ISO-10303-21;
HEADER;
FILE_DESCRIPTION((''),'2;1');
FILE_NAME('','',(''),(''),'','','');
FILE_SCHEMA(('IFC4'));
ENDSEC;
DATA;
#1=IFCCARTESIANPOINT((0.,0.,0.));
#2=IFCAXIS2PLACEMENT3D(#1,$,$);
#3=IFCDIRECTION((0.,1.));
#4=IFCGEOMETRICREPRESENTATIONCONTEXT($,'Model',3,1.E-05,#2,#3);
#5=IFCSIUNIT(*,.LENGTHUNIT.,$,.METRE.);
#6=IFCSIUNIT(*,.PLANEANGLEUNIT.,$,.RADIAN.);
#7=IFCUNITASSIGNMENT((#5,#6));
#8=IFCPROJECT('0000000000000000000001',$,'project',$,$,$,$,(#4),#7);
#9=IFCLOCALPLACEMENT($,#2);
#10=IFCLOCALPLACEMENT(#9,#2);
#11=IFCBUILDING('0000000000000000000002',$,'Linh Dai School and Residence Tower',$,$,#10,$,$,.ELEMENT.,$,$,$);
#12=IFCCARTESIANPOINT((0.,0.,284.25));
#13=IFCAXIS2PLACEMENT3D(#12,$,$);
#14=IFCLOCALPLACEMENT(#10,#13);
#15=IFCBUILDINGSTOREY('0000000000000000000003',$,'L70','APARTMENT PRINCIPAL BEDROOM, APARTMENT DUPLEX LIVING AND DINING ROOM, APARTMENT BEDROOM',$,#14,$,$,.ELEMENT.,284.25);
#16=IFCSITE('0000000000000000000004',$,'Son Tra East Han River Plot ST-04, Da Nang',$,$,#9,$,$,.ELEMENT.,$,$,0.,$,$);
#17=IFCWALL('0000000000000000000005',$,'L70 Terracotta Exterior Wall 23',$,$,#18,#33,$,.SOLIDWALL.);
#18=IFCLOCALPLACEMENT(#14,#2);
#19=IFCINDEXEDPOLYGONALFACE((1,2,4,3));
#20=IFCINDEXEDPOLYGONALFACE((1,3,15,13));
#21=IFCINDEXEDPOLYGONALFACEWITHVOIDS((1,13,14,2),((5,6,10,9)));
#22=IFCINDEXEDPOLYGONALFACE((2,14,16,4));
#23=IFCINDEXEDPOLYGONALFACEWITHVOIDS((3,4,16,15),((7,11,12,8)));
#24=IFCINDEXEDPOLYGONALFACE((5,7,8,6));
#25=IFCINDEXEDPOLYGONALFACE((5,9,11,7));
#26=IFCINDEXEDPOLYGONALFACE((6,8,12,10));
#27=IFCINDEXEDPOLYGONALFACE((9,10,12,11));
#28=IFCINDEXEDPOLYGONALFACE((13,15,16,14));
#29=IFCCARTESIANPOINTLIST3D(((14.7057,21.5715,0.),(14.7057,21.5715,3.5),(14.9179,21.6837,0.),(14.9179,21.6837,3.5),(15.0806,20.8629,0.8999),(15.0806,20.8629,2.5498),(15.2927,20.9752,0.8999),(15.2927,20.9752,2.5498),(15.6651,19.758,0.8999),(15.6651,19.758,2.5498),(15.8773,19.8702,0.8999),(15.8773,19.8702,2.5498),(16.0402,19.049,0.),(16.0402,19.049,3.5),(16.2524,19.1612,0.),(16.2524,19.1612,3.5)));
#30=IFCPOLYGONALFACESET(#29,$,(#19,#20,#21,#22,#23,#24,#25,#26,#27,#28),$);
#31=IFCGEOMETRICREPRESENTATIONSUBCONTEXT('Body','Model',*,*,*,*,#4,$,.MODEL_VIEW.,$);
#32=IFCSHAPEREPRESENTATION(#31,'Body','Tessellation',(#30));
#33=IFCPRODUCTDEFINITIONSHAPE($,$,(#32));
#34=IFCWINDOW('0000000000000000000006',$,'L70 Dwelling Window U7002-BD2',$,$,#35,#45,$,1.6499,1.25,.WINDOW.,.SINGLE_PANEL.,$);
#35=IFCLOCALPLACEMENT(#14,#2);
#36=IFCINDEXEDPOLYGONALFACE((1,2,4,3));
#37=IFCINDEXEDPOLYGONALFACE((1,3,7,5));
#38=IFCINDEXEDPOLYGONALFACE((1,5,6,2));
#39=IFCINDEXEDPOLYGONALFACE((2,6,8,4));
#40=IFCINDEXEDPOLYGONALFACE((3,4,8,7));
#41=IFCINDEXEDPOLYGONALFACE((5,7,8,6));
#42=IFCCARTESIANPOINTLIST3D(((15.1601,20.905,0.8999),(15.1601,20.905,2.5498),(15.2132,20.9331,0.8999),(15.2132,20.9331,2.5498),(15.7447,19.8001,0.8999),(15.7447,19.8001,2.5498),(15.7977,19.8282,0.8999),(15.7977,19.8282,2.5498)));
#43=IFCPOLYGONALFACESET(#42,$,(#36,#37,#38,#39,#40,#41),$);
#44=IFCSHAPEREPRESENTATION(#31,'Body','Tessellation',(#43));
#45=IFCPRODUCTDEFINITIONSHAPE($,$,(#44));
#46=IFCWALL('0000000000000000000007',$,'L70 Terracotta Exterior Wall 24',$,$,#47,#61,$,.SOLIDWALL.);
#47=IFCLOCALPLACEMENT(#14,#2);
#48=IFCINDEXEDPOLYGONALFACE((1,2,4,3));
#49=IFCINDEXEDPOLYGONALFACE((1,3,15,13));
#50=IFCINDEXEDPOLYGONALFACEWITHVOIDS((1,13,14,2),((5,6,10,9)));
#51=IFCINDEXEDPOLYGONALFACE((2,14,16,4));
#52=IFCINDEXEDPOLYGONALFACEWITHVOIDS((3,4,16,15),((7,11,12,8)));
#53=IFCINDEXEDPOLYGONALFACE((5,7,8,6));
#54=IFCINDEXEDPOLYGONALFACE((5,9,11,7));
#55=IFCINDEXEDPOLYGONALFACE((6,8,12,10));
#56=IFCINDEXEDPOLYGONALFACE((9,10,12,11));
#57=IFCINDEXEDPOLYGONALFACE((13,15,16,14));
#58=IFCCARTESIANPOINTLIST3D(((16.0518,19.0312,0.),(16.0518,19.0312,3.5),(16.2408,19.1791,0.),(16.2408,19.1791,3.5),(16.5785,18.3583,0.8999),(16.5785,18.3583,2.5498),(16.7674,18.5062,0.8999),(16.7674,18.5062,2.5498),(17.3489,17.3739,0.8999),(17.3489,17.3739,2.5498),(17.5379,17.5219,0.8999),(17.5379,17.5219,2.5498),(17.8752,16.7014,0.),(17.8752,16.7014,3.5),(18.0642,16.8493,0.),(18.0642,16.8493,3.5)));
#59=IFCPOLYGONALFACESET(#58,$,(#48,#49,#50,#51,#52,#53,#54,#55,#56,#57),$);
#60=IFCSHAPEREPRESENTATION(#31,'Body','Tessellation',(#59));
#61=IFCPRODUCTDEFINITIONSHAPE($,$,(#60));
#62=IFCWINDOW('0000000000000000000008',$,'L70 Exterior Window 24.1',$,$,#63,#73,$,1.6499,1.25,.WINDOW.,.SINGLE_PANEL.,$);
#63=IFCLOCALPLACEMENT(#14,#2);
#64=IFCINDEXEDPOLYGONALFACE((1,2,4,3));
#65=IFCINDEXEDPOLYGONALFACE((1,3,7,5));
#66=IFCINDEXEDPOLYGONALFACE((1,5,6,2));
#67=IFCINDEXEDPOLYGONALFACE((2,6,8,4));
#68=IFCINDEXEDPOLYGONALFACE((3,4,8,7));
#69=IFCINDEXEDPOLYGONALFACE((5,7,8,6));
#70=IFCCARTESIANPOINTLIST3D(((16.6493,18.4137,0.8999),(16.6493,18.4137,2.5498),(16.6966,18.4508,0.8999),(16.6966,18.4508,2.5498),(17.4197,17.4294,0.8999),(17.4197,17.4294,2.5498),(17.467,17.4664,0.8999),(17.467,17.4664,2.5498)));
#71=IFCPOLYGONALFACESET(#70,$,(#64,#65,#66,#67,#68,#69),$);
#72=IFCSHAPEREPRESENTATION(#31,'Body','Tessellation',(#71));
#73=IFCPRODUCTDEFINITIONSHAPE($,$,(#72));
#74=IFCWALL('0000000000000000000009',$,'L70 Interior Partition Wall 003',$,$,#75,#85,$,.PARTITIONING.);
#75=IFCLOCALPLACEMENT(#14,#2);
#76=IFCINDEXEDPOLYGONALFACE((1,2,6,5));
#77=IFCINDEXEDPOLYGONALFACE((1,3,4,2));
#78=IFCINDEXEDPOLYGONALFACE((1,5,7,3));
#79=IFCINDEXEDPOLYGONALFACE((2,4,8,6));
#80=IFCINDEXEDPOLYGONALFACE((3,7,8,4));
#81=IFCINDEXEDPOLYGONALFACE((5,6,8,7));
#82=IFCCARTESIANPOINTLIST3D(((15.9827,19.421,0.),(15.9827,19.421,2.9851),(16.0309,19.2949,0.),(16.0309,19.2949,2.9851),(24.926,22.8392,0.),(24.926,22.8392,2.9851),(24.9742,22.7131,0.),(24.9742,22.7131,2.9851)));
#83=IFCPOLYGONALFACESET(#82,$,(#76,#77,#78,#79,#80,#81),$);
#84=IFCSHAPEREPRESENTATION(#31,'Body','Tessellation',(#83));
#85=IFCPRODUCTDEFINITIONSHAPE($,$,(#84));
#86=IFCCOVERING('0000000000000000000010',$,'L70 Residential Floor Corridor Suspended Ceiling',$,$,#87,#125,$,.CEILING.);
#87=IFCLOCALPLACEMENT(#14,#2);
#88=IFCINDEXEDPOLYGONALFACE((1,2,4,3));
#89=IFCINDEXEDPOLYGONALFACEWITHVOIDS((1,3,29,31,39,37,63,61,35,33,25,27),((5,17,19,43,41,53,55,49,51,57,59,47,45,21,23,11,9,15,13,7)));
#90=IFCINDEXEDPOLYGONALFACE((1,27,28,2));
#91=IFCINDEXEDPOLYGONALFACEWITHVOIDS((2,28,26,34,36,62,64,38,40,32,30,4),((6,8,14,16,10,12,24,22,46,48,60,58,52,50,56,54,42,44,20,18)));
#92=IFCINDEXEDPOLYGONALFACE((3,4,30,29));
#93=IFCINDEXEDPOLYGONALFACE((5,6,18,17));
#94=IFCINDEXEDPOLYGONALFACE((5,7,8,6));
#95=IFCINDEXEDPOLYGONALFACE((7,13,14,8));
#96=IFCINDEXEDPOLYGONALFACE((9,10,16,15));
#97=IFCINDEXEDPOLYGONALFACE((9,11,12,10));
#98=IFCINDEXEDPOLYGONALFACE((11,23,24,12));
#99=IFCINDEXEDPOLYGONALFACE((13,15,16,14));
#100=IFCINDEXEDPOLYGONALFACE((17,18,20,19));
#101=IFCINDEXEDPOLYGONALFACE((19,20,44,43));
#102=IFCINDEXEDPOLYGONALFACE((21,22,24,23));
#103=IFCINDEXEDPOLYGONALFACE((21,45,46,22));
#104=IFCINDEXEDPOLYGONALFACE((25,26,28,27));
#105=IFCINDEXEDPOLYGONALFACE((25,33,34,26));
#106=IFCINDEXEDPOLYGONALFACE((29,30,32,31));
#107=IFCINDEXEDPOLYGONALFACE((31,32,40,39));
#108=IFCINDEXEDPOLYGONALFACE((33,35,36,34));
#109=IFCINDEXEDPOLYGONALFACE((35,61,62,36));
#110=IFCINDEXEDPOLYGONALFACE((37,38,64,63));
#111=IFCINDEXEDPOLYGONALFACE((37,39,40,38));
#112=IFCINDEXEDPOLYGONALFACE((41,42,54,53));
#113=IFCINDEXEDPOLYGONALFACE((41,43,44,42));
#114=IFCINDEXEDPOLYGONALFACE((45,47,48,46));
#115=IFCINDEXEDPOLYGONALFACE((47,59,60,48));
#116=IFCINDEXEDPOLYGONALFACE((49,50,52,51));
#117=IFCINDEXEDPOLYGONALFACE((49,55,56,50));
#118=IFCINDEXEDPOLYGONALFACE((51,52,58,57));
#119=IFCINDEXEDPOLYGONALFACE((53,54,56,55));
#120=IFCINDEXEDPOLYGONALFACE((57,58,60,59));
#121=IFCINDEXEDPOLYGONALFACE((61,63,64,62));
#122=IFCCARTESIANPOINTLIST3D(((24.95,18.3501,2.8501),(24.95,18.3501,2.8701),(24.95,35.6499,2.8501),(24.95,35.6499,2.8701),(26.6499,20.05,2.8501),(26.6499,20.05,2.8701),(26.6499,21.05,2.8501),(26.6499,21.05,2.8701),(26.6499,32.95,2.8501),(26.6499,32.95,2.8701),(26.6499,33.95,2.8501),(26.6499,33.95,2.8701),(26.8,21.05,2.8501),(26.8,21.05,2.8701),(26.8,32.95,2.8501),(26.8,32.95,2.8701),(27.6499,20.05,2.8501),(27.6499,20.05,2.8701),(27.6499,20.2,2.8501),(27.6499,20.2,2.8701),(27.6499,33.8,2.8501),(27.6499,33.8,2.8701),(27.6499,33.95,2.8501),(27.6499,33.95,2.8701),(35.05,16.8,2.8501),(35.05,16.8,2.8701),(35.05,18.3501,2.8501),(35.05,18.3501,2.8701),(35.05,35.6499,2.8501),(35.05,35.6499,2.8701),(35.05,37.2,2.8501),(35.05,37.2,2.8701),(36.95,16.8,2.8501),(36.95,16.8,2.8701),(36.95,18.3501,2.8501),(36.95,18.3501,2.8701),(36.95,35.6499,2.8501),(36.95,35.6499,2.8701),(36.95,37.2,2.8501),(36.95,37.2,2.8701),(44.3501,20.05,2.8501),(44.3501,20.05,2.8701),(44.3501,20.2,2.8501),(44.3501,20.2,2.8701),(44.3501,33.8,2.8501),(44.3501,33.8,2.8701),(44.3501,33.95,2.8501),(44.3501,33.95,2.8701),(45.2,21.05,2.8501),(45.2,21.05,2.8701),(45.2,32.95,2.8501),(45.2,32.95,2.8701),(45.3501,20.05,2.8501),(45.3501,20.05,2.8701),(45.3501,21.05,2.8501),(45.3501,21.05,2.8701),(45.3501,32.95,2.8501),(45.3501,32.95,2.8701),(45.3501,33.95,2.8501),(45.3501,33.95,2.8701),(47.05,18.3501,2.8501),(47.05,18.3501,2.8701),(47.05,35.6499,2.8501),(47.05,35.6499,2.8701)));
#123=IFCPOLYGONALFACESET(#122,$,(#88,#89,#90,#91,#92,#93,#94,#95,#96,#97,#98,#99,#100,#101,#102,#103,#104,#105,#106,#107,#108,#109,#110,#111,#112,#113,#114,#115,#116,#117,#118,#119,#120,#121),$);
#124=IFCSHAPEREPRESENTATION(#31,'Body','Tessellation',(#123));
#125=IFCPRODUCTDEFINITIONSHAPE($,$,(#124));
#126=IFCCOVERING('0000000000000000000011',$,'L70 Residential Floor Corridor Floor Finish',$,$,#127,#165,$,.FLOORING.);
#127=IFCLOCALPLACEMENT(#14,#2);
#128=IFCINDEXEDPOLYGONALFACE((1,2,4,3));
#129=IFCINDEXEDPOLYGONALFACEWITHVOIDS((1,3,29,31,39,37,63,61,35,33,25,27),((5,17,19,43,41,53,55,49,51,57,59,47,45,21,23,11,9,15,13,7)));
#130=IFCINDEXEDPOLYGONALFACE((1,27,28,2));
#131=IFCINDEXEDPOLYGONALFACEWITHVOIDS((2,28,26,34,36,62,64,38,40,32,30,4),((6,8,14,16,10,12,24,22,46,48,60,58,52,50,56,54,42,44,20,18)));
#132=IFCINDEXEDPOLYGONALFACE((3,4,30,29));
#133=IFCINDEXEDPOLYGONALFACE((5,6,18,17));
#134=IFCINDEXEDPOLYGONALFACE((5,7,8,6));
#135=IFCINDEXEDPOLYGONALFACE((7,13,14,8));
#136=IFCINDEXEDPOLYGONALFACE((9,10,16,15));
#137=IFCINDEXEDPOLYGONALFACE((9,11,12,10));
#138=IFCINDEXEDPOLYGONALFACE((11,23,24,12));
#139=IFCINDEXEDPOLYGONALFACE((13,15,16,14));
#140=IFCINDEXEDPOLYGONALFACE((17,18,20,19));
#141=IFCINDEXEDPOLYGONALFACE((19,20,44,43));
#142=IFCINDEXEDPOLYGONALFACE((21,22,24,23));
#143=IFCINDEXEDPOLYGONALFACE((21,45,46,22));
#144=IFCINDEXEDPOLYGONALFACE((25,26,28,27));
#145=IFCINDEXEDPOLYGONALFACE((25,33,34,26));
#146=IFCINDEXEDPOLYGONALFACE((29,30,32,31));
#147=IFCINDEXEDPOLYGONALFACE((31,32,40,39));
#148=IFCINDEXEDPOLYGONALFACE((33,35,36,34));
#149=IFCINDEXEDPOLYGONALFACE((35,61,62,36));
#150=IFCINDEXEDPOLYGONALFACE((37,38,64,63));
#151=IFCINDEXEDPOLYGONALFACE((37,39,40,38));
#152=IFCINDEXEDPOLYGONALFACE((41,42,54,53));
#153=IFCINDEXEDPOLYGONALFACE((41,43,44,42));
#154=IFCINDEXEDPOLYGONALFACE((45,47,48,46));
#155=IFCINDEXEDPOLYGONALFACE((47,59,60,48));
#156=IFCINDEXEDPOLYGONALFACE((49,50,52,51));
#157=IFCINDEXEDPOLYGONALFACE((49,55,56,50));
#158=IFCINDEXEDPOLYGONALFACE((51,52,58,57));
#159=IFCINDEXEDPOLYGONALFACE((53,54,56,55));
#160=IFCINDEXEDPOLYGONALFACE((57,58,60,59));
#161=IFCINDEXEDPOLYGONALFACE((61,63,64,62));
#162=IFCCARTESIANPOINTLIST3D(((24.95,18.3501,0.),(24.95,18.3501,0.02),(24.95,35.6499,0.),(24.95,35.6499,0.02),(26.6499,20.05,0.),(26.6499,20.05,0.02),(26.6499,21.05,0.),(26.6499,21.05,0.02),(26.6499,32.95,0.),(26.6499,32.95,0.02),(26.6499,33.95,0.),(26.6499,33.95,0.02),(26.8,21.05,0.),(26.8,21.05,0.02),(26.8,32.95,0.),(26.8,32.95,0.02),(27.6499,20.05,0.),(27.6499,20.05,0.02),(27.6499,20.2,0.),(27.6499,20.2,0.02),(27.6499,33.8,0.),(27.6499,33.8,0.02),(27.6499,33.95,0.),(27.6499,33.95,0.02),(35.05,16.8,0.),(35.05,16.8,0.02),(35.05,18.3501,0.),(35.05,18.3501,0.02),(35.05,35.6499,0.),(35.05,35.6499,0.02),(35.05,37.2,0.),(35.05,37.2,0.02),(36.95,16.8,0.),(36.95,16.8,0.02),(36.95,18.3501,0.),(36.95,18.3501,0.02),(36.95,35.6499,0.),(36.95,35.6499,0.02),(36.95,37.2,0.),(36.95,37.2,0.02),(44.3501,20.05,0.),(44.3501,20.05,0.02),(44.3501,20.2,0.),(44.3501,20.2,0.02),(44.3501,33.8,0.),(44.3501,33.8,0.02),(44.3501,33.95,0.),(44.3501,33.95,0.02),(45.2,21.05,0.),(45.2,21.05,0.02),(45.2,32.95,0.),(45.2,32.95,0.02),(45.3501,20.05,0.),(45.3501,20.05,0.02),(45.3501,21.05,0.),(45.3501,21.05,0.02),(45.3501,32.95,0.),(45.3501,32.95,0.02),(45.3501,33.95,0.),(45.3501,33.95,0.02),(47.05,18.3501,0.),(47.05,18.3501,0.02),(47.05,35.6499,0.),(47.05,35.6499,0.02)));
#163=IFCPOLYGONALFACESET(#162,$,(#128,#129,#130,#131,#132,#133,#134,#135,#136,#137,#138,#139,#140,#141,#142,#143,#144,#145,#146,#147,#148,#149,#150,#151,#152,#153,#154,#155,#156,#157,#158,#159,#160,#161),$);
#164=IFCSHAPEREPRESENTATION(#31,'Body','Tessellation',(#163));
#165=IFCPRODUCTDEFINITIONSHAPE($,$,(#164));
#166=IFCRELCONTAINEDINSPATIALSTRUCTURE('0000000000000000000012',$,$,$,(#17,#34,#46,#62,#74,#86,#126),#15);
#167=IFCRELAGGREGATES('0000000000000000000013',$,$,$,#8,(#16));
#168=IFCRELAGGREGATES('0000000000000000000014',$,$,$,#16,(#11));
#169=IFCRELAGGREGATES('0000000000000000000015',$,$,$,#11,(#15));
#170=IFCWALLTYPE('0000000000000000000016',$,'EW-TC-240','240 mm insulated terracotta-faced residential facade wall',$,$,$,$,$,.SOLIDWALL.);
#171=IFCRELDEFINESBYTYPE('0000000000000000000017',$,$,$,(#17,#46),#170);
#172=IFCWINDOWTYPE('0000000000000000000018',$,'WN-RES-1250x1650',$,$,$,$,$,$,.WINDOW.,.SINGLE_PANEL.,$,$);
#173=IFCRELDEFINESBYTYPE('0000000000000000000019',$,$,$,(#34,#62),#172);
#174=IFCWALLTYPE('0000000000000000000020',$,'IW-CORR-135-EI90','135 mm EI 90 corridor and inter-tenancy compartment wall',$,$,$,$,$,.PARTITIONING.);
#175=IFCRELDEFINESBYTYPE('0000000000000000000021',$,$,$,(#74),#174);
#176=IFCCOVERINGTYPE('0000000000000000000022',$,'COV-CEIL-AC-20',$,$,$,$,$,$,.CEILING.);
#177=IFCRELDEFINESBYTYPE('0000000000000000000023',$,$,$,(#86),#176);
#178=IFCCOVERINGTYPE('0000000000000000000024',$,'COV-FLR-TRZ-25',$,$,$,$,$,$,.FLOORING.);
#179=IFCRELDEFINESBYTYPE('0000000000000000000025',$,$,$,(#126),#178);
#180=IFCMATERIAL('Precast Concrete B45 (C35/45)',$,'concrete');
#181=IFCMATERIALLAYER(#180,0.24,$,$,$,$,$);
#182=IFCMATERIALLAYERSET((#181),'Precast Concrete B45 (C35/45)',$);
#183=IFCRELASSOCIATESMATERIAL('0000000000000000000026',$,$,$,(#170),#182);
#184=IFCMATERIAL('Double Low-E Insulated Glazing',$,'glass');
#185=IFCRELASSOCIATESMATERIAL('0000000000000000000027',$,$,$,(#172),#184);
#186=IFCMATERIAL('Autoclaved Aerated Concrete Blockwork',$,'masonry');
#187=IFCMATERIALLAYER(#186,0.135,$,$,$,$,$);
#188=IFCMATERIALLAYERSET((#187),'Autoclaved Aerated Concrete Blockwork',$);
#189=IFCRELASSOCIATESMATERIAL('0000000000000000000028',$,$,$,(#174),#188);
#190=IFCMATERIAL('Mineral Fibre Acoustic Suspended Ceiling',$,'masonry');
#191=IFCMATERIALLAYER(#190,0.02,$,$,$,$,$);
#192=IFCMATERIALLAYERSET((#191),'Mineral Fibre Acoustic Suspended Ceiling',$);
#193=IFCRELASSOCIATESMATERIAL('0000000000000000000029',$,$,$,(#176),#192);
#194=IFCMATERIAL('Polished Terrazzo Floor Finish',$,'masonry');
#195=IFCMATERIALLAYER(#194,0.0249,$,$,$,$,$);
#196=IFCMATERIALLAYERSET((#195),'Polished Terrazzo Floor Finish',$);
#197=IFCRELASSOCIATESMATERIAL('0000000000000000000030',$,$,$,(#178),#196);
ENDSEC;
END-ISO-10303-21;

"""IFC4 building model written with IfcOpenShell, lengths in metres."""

from ifc_helpers import new_model, si_unit, direction, frame, frame_2d, origin, origin_2d, place, context, subcontext, project, spatial, polyline, rectangle, outline, extrude, source, transform, mapped, material, layer, layer_set, type_object, element, fill, save


model = new_model("IFC4")

# Units and contexts
model_context = context("Model", 3, precision=1e-05, world=origin(), true_north=direction((0.0, 1.0)))
body_context = subcontext(model_context, "Body", "Model", "MODEL_VIEW")
ifc_project = project(units=[si_unit("LENGTHUNIT", "METRE"), si_unit("PLANEANGLEUNIT", "RADIAN")], contexts=[model_context])

# Site, building, storey
site_placement = place(None, origin())
site = spatial("IfcSite", under=ifc_project, at=site_placement, Name="Son Tra East Han River Plot ST-04, Da Nang", CompositionType="ELEMENT", RefElevation=0.0)
building_placement = place(site_placement, origin())
building = spatial("IfcBuilding", under=site, at=building_placement, Name="Linh Dai School and Residence Tower", CompositionType="ELEMENT")
storey_placement = place(building_placement, frame((0.0, 0.0, 284.25)))
storey = spatial("IfcBuildingStorey", under=building, at=storey_placement, Name="L70", Description="APARTMENT PRINCIPAL BEDROOM, APARTMENT DUPLEX LIVING AND DINING ROOM, APARTMENT BEDROOM", CompositionType="ELEMENT", Elevation=284.25)

# Shared definitions
ifc_material_1 = material(Name="Precast Concrete B45 (C35/45)", Category="concrete")

# Shared definitions
ifc_layer_1 = layer(ifc_material_1, 0.24)
ifc_layer_set_1 = layer_set([ifc_layer_1], Name="Precast Concrete B45 (C35/45)")
wall_type_1 = type_object("IfcWallType", Name="EW-TC-240", Description="240 mm insulated terracotta-faced residential facade wall", PredefinedType="SOLIDWALL", material=ifc_layer_set_1)

# Walls, openings, windows
wall_1_placement = place(storey_placement, frame((16.1462, 19.1052, 0.0), z_axis=(0.0, 0.0, 1.0), x_axis=(-0.467628, 0.883925, 0.0)))
wall_1 = element("IfcWall", 1, at=wall_1_placement, inside=storey, type_object=wall_type_1, Name="L70 Terracotta Exterior Wall 23", PredefinedType="SOLIDWALL", context=body_context, shape_type="SweptSolid", body=[
    extrude(rectangle(XDim=2.8538, YDim=0.24, at=frame_2d((1.4268, 0.0))), origin(), (0.0, 0.0, 1.0), 3.5),
])
opening_1_placement = place(wall_1_placement, frame((0.802, 0.0, 0.8999)))
opening_1 = element("IfcOpeningElement", 2, at=opening_1_placement, cuts=wall_1, PredefinedType="OPENING", context=body_context, shape_type="SweptSolid", body=[
    extrude(rectangle(XDim=1.25, YDim=1.6499, at=origin_2d()), frame((0.625, 0.1299, 0.825), z_axis=(0.0, -1.0, 0.0), x_axis=(1.0, 0.0, 0.0)), (0.0, 0.0, 1.0), 0.26),
])
ifc_material_2 = material(Name="Double Low-E Insulated Glazing", Category="glass")
window_type = type_object("IfcWindowType", Name="WN-RES-1250x1650", PartitioningType="SINGLE_PANEL", PredefinedType="WINDOW", material=ifc_material_2)
shared_shape_1 = source(origin(), body_context, "Body", "SweptSolid", [
    extrude(rectangle(XDim=1.25, YDim=1.6499, at=origin_2d()), frame((0.625, 0.03, 0.825), z_axis=(0.0, -1.0, 0.0), x_axis=(1.0, 0.0, 0.0)), (0.0, 0.0, 1.0), 0.0601),
])
window_1_placement = place(opening_1_placement, origin())
window_1 = element("IfcWindow", 3, at=window_1_placement, inside=storey, type_object=window_type, Name="L70 Dwelling Window U7002-BD2", OverallHeight=1.6499, OverallWidth=1.25, PartitioningType="SINGLE_PANEL", PredefinedType="WINDOW", context=body_context, shape_type="MappedRepresentation", body=[
    mapped(shared_shape_1, transform((0.0, 0.0, 0.0), x_axis=(1.0, 0.0, 0.0), y_axis=(0.0, 1.0, 0.0), z_axis=(0.0, 0.0, 1.0), scale=1.0)),
])
fill(opening_1, window_1)
wall_2_placement = place(storey_placement, frame((17.9697, 16.7754, 0.0), z_axis=(0.0, 0.0, 1.0), x_axis=(-0.616337, 0.787482, 0.0)))
wall_2 = element("IfcWall", 4, at=wall_2_placement, inside=storey, type_object=wall_type_1, Name="L70 Terracotta Exterior Wall 24", PredefinedType="SOLIDWALL", context=body_context, shape_type="SweptSolid", body=[
    extrude(rectangle(XDim=2.9585, YDim=0.24, at=frame_2d((1.4792, 0.0))), origin(), (0.0, 0.0, 1.0), 3.5),
])
opening_2_placement = place(wall_2_placement, frame((0.854, 0.0, 0.8999)))
opening_2 = element("IfcOpeningElement", 5, at=opening_2_placement, cuts=wall_2, PredefinedType="OPENING", context=body_context, shape_type="SweptSolid", body=[
    extrude(rectangle(XDim=1.25, YDim=1.6499, at=origin_2d()), frame((0.625, 0.1299, 0.825), z_axis=(0.0, -1.0, 0.0), x_axis=(1.0, 0.0, 0.0)), (0.0, 0.0, 1.0), 0.26),
])
window_2_placement = place(opening_2_placement, origin())
window_2 = element("IfcWindow", 6, at=window_2_placement, inside=storey, type_object=window_type, Name="L70 Exterior Window 24.1", OverallHeight=1.6499, OverallWidth=1.25, PartitioningType="SINGLE_PANEL", PredefinedType="WINDOW", context=body_context, shape_type="MappedRepresentation", body=[
    mapped(shared_shape_1, transform((0.0, 0.0, 0.0), x_axis=(1.0, 0.0, 0.0), y_axis=(0.0, 1.0, 0.0), z_axis=(0.0, 0.0, 1.0), scale=1.0)),
])
fill(opening_2, window_2)

# Wall
ifc_material_3 = material(Name="Autoclaved Aerated Concrete Blockwork", Category="masonry")
ifc_layer_2 = layer(ifc_material_3, 0.135)
ifc_layer_set_2 = layer_set([ifc_layer_2], Name="Autoclaved Aerated Concrete Blockwork")
wall_type_2 = type_object("IfcWallType", Name="IW-CORR-135-EI90", Description="135 mm EI 90 corridor and inter-tenancy compartment wall", PredefinedType="PARTITIONING", material=ifc_layer_set_2)
wall_3_placement = place(storey_placement, frame((16.0068, 19.3579, 0.0), z_axis=(0.0, 0.0, 1.0), x_axis=(0.934094, 0.357027, 0.0)))
element("IfcWall", 7, at=wall_3_placement, inside=storey, type_object=wall_type_2, Name="L70 Interior Partition Wall 003", PredefinedType="PARTITIONING", context=body_context, shape_type="SweptSolid", body=[
    extrude(rectangle(XDim=9.5742, YDim=0.135, at=frame_2d((4.7871, 0.0))), origin(), (0.0, 0.0, 1.0), 2.9851),
])

# Coverings
ifc_material_4 = material(Name="Mineral Fibre Acoustic Suspended Ceiling", Category="masonry")
ifc_layer_3 = layer(ifc_material_4, 0.02)
ifc_layer_set_3 = layer_set([ifc_layer_3], Name="Mineral Fibre Acoustic Suspended Ceiling")
covering_type_1 = type_object("IfcCoveringType", Name="COV-CEIL-AC-20", PredefinedType="CEILING", material=ifc_layer_set_3)
covering_1_placement = place(storey_placement, frame((0.0, 0.0, 2.8501)))
element("IfcCovering", 8, at=covering_1_placement, inside=storey, type_object=covering_type_1, Name="L70 Residential Floor Corridor Suspended Ceiling", PredefinedType="CEILING", context=body_context, shape_type="SweptSolid", body=[
    extrude(outline(polyline([(24.95, 18.3501), (24.95, 35.6499), (35.05, 35.6499), (35.05, 37.2), (36.95, 37.2), (36.95, 35.6499), (47.05, 35.6499), (47.05, 18.3501), (36.95, 18.3501), (36.95, 16.8), (35.05, 16.8), (35.05, 18.3501), (24.95, 18.3501)]), holes=[polyline([(27.6499, 33.8), (27.6499, 33.95), (26.6499, 33.95), (26.6499, 32.95), (26.8, 32.95), (26.8, 21.05), (26.6499, 21.05), (26.6499, 20.05), (27.6499, 20.05), (27.6499, 20.2), (44.3501, 20.2), (44.3501, 20.05), (45.3501, 20.05), (45.3501, 21.05), (45.2, 21.05), (45.2, 32.95), (45.3501, 32.95), (45.3501, 33.95), (44.3501, 33.95), (44.3501, 33.8), (27.6499, 33.8)])]), origin(), (0.0, 0.0, 1.0), 0.02),
])
ifc_material_5 = material(Name="Polished Terrazzo Floor Finish", Category="masonry")
ifc_layer_4 = layer(ifc_material_5, 0.0249)
ifc_layer_set_4 = layer_set([ifc_layer_4], Name="Polished Terrazzo Floor Finish")
covering_type_2 = type_object("IfcCoveringType", Name="COV-FLR-TRZ-25", PredefinedType="FLOORING", material=ifc_layer_set_4)
covering_2_placement = place(storey_placement, origin())
element("IfcCovering", 9, at=covering_2_placement, inside=storey, type_object=covering_type_2, Name="L70 Residential Floor Corridor Floor Finish", PredefinedType="FLOORING", context=body_context, shape_type="SweptSolid", body=[
    extrude(outline(polyline([(24.95, 18.3501), (24.95, 35.6499), (35.05, 35.6499), (35.05, 37.2), (36.95, 37.2), (36.95, 35.6499), (47.05, 35.6499), (47.05, 18.3501), (36.95, 18.3501), (36.95, 16.8), (35.05, 16.8), (35.05, 18.3501), (24.95, 18.3501)]), holes=[polyline([(27.6499, 33.8), (27.6499, 33.95), (26.6499, 33.95), (26.6499, 32.95), (26.8, 32.95), (26.8, 21.05), (26.6499, 21.05), (26.6499, 20.05), (27.6499, 20.05), (27.6499, 20.2), (44.3501, 20.2), (44.3501, 20.05), (45.3501, 20.05), (45.3501, 21.05), (45.2, 21.05), (45.2, 32.95), (45.3501, 32.95), (45.3501, 33.95), (44.3501, 33.95), (44.3501, 33.8), (27.6499, 33.8)])]), origin(), (0.0, 0.0, 1.0), 0.02),
])

save(model, "model.ifc")
